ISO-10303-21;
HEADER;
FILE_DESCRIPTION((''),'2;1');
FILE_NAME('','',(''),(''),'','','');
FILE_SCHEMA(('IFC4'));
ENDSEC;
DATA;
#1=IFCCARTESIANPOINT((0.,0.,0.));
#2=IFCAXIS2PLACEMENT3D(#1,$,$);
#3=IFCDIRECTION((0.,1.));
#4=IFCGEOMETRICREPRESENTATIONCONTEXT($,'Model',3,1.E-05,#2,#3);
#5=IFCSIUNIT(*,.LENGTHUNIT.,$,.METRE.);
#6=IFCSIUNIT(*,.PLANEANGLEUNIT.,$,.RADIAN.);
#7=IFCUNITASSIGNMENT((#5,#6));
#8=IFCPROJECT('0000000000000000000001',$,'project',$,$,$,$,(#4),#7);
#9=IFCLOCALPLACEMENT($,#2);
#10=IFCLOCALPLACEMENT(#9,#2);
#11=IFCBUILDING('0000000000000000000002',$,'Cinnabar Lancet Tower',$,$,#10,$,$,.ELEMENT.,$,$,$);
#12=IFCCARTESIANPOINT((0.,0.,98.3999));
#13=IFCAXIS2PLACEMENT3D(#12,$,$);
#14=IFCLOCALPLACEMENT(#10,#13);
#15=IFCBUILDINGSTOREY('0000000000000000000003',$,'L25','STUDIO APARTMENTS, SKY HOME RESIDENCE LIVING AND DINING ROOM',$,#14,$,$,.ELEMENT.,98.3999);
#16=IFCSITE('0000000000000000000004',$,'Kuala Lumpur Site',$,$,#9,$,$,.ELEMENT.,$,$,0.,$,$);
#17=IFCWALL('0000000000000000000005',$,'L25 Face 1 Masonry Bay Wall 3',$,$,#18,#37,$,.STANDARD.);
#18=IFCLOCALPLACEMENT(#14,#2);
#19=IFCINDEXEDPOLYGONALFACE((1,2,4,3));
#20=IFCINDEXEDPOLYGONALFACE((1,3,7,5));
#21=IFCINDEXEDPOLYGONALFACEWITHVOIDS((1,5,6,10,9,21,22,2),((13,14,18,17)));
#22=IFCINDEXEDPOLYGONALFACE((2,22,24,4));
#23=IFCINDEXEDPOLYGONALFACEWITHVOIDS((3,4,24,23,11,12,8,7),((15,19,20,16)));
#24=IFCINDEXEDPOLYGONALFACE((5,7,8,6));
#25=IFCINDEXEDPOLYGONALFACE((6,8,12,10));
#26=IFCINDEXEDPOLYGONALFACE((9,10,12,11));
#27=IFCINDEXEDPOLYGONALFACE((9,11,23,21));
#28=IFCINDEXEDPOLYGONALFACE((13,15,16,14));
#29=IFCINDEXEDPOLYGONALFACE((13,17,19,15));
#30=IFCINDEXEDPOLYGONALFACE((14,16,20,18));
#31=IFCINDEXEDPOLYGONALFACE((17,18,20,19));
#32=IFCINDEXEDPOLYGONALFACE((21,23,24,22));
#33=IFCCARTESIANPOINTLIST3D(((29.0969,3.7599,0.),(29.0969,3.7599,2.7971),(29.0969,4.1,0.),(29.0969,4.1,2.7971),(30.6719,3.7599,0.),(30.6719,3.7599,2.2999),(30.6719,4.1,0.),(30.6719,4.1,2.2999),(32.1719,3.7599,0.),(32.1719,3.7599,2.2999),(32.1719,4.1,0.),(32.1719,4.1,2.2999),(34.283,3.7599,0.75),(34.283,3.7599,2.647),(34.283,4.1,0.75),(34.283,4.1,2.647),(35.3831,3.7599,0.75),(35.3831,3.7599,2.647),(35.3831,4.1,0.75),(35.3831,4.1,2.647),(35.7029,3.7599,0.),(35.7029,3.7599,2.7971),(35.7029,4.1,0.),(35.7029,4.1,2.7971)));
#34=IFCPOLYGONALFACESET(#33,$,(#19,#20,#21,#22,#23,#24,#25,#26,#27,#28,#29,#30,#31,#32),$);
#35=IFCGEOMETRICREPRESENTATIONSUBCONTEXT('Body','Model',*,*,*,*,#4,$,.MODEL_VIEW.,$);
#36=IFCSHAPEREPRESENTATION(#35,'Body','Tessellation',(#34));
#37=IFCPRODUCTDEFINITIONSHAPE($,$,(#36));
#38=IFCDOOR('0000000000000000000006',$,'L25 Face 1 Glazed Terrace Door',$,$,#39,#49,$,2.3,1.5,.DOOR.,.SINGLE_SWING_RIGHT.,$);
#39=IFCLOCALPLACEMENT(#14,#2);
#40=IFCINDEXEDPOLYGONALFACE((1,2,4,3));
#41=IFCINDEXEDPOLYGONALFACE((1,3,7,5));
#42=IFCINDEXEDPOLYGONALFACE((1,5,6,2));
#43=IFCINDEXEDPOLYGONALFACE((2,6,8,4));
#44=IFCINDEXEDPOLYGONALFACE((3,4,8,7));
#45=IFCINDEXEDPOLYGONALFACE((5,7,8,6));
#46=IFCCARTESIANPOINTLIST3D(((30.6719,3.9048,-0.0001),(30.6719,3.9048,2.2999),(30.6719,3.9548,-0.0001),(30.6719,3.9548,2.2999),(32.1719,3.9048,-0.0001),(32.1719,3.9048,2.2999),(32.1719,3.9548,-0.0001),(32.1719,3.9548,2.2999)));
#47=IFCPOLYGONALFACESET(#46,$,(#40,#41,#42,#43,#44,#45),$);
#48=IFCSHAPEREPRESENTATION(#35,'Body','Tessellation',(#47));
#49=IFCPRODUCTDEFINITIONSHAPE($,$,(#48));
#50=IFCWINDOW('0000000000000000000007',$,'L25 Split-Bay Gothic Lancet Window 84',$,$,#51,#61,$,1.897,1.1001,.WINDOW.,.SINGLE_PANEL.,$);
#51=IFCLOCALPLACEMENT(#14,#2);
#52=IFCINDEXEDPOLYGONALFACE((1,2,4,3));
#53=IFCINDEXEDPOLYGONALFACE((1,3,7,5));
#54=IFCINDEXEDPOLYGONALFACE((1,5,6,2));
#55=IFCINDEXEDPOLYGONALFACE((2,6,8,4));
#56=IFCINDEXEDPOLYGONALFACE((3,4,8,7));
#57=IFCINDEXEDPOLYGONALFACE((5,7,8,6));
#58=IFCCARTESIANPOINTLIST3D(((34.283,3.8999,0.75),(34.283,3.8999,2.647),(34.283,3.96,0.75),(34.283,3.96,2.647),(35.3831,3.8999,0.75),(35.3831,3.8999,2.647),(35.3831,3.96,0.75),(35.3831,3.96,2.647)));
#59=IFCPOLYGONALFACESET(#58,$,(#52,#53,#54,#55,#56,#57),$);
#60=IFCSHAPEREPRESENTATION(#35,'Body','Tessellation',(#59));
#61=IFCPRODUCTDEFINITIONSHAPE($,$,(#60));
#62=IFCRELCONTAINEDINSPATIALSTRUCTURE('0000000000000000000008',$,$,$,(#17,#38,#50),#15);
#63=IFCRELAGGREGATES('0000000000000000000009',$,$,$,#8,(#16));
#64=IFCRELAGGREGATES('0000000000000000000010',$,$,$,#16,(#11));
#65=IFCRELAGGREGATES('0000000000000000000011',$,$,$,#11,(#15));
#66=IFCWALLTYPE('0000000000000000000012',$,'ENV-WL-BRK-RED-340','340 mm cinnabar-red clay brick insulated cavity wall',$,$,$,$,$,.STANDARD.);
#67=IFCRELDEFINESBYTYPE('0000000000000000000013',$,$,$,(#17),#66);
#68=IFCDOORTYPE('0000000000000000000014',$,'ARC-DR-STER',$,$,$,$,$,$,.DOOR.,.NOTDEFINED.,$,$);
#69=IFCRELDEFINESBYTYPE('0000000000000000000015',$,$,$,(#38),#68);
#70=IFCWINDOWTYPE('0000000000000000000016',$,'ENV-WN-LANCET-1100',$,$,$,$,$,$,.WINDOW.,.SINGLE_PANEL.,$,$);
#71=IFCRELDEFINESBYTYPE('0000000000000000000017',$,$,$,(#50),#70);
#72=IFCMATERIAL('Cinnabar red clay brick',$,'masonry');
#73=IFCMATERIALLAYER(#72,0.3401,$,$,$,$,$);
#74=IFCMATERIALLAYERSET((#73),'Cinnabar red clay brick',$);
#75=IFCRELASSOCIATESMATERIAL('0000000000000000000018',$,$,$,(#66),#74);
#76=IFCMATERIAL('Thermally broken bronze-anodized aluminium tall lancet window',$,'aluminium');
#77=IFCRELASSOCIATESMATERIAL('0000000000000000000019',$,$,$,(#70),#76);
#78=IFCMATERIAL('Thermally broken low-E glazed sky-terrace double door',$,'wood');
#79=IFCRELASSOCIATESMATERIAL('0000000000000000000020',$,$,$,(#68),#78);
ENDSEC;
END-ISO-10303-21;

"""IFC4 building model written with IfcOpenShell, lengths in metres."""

from ifc_helpers import new_model, si_unit, direction, frame, frame_2d, origin, place, context, subcontext, project, spatial, rectangle, extrude, material, layer, layer_set, type_object, element, fill, save


model = new_model("IFC4")

# Units and contexts
model_context = context("Model", 3, precision=1e-05, world=origin(), true_north=direction((0.0, 1.0)))
body_context = subcontext(model_context, "Body", "Model", "MODEL_VIEW")
ifc_project = project(units=[si_unit("LENGTHUNIT", "METRE"), si_unit("PLANEANGLEUNIT", "RADIAN")], contexts=[model_context])

# Site, building, storey
site_placement = place(None, origin())
site = spatial("IfcSite", under=ifc_project, at=site_placement, Name="Kuala Lumpur Site", CompositionType="ELEMENT", RefElevation=0.0)
building_placement = place(site_placement, origin())
building = spatial("IfcBuilding", under=site, at=building_placement, Name="Cinnabar Lancet Tower", CompositionType="ELEMENT")
storey_placement = place(building_placement, frame((0.0, 0.0, 98.3999)))
storey = spatial("IfcBuildingStorey", under=building, at=storey_placement, Name="L25", Description="STUDIO APARTMENTS, SKY HOME RESIDENCE LIVING AND DINING ROOM", CompositionType="ELEMENT", Elevation=98.3999)

# Shared definitions
ifc_material_1 = material(Name="Cinnabar red clay brick", Category="masonry")
ifc_layer_1 = layer(ifc_material_1, 0.3401)
ifc_layer_set_1 = layer_set([ifc_layer_1], Name="Cinnabar red clay brick")
wall_type_1 = type_object("IfcWallType", Name="ENV-WL-BRK-RED-340", Description="340 mm cinnabar-red clay brick insulated cavity wall", PredefinedType="STANDARD", material=ifc_layer_set_1)
ifc_material_2 = material(Name="Thermally broken bronze-anodized aluminium tall lancet window", Category="aluminium")
window_type = type_object("IfcWindowType", Name="ENV-WN-LANCET-1100", PartitioningType="SINGLE_PANEL", PredefinedType="WINDOW", material=ifc_material_2)

# Wall, openings, door, window
wall_1_placement = place(storey_placement, frame((29.0969, 3.9299, 0.0), z_axis=(0.0, 0.0, 1.0), x_axis=(1.0, 0.0, 0.0)))
wall_1 = element("IfcWall", 1, at=wall_1_placement, inside=storey, type_object=wall_type_1, Name="L25 Face 1 Masonry Bay Wall 3", PredefinedType="STANDARD", context=body_context, shape_type="SweptSolid", body=[
    extrude(rectangle(XDim=6.606, YDim=0.3401, at=frame_2d((3.303, 0.0))), origin(), (0.0, 0.0, 1.0), 2.7971),
])
opening_1_placement = place(wall_1_placement, frame((1.575, 0.0, 0.0)))
opening_1 = element("IfcOpeningElement", 2, at=opening_1_placement, cuts=wall_1, PredefinedType="OPENING", context=body_context, shape_type="SweptSolid", body=[
    extrude(rectangle(XDim=1.5, YDim=2.3, at=frame_2d((0.75, 1.1499))), frame((0.0, 0.1799, 0.0), z_axis=(0.0, -1.0, 0.0), x_axis=(1.0, 0.0, 0.0)), (0.0, 0.0, 1.0), 0.3601),
])
opening_2_placement = place(wall_1_placement, frame((5.186, 0.0, 0.75)))
opening_2 = element("IfcOpeningElement", 3, at=opening_2_placement, cuts=wall_1, PredefinedType="OPENING", context=body_context, shape_type="SweptSolid", body=[
    extrude(rectangle(XDim=1.1001, YDim=1.897, at=frame_2d((0.55, 0.9485))), frame((0.0, 0.1799, 0.0), z_axis=(0.0, -1.0, 0.0), x_axis=(1.0, 0.0, 0.0)), (0.0, 0.0, 1.0), 0.3601),
])
ifc_material_3 = material(Name="Thermally broken low-E glazed sky-terrace double door", Category="wood")
door_type_1 = type_object("IfcDoorType", Name="ARC-DR-STER", OperationType="NOTDEFINED", PredefinedType="DOOR", material=ifc_material_3)
door_1_placement = place(opening_1_placement, origin())
door_1 = element("IfcDoor", 4, at=door_1_placement, inside=storey, type_object=door_type_1, Name="L25 Face 1 Glazed Terrace Door", OperationType="SINGLE_SWING_RIGHT", OverallHeight=2.3, OverallWidth=1.5, PredefinedType="DOOR", context=body_context, shape_type="SweptSolid", body=[
    extrude(rectangle(XDim=1.5, YDim=2.3, at=frame_2d((0.75, 1.1499))), frame((0.0, 0.0249, 0.0), z_axis=(0.0, -1.0, 0.0), x_axis=(1.0, 0.0, 0.0)), (0.0, 0.0, 1.0), 0.05),
])
fill(opening_1, door_1)
window_1_placement = place(opening_2_placement, origin())
window_1 = element("IfcWindow", 5, at=window_1_placement, inside=storey, type_object=window_type, Name="L25 Split-Bay Gothic Lancet Window 84", OverallHeight=1.897, OverallWidth=1.1001, PartitioningType="SINGLE_PANEL", PredefinedType="WINDOW", context=body_context, shape_type="SweptSolid", body=[
    extrude(rectangle(XDim=1.1001, YDim=1.897, at=frame_2d((0.55, 0.9485))), frame((0.0, 0.03, 0.0), z_axis=(0.0, -1.0, 0.0), x_axis=(1.0, 0.0, 0.0)), (0.0, 0.0, 1.0), 0.0601),
])
fill(opening_2, window_1)

save(model, "model.ifc")
